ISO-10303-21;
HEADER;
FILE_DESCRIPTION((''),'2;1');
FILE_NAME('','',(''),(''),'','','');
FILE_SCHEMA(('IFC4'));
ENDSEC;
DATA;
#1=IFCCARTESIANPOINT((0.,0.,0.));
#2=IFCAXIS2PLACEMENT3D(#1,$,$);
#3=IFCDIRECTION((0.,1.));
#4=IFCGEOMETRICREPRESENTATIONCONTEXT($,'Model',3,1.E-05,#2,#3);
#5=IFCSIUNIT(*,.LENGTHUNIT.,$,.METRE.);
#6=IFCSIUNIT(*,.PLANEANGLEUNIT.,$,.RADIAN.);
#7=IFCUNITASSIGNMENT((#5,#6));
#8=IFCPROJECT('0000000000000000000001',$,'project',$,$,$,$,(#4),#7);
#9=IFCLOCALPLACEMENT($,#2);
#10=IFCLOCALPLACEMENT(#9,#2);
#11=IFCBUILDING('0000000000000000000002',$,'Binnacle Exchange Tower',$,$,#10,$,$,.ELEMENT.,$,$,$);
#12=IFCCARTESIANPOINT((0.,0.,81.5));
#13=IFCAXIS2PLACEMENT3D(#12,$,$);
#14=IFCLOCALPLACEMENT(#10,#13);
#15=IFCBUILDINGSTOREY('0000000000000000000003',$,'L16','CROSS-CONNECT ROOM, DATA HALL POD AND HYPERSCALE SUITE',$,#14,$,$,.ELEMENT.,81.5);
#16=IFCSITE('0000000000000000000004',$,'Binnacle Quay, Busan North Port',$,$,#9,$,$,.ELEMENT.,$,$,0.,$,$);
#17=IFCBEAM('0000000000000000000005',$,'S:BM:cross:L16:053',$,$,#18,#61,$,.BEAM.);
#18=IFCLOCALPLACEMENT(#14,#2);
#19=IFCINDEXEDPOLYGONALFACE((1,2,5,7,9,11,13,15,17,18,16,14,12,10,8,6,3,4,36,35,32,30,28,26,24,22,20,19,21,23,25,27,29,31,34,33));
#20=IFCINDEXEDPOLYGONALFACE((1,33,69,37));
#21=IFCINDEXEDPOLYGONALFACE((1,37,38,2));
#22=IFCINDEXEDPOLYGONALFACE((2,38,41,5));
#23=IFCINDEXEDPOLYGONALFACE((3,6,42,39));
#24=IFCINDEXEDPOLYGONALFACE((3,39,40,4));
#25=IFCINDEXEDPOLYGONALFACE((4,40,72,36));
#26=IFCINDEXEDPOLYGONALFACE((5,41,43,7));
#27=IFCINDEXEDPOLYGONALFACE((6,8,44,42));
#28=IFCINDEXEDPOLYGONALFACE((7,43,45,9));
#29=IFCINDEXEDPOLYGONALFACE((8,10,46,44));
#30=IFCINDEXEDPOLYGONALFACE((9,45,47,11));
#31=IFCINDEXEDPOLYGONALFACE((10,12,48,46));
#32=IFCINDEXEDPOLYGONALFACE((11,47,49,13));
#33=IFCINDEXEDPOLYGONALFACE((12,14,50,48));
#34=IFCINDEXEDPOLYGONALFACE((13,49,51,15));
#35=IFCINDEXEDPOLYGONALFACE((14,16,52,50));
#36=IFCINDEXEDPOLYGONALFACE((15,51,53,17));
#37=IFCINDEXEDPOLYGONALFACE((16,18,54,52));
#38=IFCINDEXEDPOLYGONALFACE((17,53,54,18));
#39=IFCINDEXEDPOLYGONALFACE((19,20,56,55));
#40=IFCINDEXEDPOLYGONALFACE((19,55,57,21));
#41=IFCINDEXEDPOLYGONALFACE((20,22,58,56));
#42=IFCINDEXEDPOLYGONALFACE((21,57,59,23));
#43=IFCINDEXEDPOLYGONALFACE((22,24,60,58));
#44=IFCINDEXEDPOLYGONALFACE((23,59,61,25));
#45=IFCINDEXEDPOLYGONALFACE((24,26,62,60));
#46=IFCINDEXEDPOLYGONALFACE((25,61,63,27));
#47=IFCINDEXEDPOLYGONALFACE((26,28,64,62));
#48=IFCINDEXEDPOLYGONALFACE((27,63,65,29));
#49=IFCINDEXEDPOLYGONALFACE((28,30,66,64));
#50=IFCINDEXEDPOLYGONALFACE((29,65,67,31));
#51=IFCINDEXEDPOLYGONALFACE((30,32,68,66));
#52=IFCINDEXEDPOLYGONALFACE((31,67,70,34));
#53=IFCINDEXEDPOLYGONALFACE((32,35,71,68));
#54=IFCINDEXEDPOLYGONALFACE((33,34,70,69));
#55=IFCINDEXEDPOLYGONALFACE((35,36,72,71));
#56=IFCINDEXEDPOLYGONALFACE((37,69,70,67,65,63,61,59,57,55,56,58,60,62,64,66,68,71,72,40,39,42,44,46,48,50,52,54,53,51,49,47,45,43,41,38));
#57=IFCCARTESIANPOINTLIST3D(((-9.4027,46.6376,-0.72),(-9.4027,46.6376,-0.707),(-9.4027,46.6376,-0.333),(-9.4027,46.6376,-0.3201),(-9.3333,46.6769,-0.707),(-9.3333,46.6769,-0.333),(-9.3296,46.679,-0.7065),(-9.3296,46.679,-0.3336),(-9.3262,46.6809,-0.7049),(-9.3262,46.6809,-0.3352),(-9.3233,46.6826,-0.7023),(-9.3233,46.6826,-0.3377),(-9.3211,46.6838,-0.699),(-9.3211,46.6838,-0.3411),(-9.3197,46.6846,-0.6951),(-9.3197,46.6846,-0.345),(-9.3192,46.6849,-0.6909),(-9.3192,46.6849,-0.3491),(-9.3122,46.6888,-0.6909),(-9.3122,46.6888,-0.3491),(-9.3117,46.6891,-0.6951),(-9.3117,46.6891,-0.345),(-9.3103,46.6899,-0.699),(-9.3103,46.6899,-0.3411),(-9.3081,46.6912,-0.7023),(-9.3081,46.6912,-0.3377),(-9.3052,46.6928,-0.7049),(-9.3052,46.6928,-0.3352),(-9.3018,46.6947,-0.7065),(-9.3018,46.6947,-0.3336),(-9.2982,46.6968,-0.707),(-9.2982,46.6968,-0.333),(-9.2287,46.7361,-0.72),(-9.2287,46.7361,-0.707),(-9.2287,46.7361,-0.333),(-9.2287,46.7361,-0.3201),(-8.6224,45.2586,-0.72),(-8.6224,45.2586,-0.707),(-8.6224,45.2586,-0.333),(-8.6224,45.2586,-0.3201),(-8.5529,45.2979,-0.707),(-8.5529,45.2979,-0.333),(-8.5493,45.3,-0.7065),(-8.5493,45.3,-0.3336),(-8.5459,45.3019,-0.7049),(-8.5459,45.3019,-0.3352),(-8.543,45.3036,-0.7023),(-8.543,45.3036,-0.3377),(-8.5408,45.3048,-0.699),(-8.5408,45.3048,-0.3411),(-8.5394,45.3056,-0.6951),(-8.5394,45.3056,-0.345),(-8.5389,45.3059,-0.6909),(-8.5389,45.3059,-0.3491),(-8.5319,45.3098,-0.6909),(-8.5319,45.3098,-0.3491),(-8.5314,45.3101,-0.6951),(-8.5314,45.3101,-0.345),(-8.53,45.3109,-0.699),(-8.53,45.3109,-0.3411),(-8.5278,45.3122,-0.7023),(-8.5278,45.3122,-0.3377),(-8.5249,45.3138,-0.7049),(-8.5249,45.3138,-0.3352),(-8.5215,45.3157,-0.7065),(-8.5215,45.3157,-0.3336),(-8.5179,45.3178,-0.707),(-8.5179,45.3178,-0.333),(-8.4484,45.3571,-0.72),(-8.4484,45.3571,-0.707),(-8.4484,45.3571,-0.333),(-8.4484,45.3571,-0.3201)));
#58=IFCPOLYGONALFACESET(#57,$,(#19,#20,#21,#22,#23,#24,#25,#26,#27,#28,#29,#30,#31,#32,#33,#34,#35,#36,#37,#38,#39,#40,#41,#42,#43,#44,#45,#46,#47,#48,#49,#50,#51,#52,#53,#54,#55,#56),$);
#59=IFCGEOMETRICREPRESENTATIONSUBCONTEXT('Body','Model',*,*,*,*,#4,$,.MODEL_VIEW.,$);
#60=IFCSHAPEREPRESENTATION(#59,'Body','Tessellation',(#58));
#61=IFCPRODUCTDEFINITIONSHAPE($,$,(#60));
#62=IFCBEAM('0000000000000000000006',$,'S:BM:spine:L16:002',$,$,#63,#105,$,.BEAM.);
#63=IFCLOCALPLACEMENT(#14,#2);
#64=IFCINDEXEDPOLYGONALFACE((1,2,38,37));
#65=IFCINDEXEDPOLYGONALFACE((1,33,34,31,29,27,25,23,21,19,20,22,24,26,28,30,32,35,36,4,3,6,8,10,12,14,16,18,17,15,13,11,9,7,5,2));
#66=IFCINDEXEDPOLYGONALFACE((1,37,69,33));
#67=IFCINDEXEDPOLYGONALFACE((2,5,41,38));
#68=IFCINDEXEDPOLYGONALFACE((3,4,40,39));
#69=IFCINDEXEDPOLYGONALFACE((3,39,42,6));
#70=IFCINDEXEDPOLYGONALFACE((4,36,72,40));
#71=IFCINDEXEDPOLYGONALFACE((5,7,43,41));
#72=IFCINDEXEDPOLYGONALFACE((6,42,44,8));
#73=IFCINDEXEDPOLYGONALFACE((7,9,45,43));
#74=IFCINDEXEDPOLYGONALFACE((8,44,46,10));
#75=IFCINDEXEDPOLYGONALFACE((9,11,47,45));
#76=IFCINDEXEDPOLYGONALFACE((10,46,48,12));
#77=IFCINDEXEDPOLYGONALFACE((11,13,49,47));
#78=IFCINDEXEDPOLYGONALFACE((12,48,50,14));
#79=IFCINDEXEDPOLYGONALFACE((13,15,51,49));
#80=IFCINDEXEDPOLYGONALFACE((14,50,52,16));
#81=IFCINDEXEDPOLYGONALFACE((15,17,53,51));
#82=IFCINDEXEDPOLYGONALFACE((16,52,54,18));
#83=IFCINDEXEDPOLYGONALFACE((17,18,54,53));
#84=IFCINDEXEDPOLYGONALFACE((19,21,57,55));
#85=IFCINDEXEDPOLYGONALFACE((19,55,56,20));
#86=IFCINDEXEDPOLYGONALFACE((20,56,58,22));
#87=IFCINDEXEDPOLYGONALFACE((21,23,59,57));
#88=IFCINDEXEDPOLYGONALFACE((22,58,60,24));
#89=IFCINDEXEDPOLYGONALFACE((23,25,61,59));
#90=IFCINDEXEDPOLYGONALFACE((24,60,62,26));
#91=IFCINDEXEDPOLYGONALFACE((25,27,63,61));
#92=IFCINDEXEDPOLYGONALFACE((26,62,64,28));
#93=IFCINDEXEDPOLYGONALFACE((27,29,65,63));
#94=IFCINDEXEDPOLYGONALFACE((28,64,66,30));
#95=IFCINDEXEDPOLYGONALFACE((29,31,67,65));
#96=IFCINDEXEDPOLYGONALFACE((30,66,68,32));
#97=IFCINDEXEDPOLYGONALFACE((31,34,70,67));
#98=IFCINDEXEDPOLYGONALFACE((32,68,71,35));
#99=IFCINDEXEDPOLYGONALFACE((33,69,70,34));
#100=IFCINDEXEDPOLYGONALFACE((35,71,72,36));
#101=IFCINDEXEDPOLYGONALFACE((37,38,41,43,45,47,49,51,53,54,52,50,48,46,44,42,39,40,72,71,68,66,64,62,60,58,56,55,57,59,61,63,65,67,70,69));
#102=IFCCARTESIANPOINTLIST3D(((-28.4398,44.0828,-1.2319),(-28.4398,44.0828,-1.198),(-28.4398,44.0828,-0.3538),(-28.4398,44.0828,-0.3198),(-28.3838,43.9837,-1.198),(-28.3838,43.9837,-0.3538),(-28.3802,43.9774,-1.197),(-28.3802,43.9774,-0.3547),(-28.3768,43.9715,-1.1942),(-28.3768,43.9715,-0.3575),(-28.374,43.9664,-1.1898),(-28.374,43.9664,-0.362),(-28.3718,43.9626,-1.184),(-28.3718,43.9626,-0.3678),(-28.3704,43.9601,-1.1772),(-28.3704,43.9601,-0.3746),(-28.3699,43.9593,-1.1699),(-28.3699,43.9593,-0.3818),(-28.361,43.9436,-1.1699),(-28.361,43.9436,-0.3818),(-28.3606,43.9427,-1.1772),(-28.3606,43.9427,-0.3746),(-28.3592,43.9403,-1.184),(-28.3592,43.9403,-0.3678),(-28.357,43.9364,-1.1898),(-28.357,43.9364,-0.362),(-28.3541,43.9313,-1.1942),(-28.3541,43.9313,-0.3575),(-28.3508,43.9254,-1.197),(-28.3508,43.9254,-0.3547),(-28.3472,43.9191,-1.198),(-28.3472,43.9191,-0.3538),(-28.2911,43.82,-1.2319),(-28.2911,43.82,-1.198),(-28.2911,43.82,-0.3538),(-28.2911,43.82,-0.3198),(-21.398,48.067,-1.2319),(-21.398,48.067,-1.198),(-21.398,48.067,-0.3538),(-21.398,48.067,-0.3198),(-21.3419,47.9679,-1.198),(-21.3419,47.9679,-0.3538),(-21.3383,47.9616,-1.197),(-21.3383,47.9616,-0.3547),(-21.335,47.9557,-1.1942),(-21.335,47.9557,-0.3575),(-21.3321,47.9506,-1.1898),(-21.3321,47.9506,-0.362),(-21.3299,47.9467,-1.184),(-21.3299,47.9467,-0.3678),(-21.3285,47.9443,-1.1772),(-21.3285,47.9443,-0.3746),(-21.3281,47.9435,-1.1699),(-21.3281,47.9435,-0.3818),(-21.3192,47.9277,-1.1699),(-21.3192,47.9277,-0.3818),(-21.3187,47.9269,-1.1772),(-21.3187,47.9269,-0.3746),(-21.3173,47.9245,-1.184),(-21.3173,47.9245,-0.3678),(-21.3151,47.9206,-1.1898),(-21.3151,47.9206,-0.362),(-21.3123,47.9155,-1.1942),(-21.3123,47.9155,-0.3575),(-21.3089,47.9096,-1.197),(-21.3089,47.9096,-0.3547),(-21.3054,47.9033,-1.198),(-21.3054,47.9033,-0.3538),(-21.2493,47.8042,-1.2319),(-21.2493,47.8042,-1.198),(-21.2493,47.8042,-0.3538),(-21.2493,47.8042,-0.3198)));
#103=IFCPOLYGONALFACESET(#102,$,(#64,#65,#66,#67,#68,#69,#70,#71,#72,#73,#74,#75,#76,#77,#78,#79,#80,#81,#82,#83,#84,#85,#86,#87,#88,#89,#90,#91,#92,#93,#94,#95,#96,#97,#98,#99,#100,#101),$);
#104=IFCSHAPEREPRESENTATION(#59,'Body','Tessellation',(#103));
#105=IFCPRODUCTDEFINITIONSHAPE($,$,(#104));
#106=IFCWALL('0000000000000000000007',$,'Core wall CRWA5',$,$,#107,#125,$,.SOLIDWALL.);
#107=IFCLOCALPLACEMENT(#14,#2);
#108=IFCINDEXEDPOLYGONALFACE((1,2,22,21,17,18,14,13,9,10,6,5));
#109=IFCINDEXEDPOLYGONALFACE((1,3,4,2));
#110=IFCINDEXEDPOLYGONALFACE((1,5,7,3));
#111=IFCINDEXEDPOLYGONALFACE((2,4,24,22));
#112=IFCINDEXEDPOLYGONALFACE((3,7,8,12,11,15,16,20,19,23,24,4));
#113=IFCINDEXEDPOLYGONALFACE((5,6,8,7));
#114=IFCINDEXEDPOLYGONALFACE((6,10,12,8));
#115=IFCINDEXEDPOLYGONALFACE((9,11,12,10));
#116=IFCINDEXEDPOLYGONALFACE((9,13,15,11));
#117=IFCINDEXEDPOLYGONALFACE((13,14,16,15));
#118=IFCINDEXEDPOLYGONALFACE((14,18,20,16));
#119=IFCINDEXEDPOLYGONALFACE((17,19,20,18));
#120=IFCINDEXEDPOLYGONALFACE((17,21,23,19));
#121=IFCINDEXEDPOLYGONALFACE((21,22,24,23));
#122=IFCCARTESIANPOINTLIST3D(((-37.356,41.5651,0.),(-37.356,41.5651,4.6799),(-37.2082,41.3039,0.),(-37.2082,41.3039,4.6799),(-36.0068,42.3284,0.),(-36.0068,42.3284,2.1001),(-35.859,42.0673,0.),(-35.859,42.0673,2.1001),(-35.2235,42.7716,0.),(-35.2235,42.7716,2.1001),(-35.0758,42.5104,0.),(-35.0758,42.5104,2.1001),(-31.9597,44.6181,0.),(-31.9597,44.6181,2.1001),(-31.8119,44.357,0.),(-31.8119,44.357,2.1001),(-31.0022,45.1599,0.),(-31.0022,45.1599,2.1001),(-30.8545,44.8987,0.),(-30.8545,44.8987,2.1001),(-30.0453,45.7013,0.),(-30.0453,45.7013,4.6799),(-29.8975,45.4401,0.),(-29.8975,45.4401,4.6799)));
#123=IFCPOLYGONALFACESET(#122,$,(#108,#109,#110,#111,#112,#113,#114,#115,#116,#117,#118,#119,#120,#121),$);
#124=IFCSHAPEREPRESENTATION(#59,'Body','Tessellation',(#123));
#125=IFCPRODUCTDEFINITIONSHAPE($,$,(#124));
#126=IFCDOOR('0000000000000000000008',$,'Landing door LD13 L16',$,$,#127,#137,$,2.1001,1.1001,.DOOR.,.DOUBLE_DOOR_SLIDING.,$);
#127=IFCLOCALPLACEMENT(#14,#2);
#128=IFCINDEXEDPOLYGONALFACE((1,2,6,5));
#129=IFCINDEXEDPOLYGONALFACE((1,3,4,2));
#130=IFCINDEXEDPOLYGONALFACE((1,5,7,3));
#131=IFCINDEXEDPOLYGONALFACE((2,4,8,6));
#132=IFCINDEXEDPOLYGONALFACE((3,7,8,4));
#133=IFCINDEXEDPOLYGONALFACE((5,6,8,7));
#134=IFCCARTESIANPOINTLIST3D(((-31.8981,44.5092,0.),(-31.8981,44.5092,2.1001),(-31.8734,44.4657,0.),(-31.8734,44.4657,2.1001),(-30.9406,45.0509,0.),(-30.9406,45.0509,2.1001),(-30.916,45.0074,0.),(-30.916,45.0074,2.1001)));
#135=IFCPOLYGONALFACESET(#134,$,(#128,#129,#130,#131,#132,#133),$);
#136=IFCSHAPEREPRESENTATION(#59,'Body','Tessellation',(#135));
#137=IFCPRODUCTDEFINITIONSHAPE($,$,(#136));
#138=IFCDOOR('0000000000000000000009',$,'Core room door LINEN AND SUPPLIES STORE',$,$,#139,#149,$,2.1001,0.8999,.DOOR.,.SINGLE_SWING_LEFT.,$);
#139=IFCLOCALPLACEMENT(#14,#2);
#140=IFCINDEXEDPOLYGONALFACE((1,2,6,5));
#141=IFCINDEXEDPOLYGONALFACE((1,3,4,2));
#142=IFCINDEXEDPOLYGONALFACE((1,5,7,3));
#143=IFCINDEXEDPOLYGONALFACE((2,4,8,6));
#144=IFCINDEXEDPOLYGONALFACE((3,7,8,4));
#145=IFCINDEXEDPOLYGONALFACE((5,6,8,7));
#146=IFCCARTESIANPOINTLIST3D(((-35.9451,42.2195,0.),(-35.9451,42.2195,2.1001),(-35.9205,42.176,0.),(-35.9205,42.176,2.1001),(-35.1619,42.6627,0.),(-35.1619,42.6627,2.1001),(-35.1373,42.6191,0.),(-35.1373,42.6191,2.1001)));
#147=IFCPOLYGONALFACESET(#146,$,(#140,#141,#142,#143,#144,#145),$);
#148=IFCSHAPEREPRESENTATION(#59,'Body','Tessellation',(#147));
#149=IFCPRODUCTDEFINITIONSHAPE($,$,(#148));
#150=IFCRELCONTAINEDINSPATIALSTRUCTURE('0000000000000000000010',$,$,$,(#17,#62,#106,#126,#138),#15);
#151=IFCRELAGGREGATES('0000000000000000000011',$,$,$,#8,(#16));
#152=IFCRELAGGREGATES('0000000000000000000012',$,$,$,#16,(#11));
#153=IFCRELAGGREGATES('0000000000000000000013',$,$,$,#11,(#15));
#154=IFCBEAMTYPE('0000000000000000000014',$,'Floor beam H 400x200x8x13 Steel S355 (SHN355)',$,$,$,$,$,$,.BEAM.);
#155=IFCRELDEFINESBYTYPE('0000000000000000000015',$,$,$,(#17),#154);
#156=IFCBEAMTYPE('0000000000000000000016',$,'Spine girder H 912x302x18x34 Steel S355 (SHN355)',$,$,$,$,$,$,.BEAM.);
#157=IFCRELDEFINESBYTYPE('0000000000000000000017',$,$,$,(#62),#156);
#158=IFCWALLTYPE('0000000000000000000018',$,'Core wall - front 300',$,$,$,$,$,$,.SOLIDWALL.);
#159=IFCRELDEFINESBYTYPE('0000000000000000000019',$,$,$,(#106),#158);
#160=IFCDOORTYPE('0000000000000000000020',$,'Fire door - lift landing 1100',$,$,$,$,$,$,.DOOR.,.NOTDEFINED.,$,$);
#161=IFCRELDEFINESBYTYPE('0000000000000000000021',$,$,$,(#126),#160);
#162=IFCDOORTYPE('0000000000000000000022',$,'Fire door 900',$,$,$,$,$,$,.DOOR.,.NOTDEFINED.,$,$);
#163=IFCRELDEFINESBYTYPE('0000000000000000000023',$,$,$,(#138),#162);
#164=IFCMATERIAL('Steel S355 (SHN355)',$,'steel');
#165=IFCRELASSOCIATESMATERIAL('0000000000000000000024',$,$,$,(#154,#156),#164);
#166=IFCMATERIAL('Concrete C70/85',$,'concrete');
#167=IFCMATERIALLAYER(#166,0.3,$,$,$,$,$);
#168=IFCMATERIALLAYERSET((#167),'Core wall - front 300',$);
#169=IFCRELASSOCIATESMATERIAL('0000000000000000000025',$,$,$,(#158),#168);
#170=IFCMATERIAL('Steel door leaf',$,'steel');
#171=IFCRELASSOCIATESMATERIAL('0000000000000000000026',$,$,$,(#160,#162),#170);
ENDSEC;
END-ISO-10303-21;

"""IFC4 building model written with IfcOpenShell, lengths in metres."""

from ifc_helpers import new_model, si_unit, direction, frame, frame_2d, origin, origin_2d, place, context, subcontext, project, spatial, rectangle, i_section, extrude, material, layer, layer_set, material_profile, profile_set, type_object, element, fill, save


model = new_model("IFC4")

# Units and contexts
model_context = context("Model", 3, precision=1e-05, world=origin(), true_north=direction((0.0, 1.0)))
body_context = subcontext(model_context, "Body", "Model", "MODEL_VIEW")
ifc_project = project(units=[si_unit("LENGTHUNIT", "METRE"), si_unit("PLANEANGLEUNIT", "RADIAN")], contexts=[model_context])

# Site, building, storey
site_placement = place(None, origin())
site = spatial("IfcSite", under=ifc_project, at=site_placement, Name="Binnacle Quay, Busan North Port", CompositionType="ELEMENT", RefElevation=0.0)
building_placement = place(site_placement, origin())
building = spatial("IfcBuilding", under=site, at=building_placement, Name="Binnacle Exchange Tower", CompositionType="ELEMENT")
storey_placement = place(building_placement, frame((0.0, 0.0, 81.5)))
storey = spatial("IfcBuildingStorey", under=building, at=storey_placement, Name="L16", Description="CROSS-CONNECT ROOM, DATA HALL POD AND HYPERSCALE SUITE", CompositionType="ELEMENT", Elevation=81.5)

# Shared definitions
ifc_material_1 = material(Name="Concrete C70/85", Category="concrete")

# Beams
ifc_material_2 = material(Name="Steel S355 (SHN355)", Category="steel")
ifc_material_profile_1 = material_profile(ifc_material_2, i_section(OverallWidth=0.2, OverallDepth=0.3999, WebThickness=0.0081, FlangeThickness=0.0129, FilletRadius=0.0161, at=origin_2d()), Name="H 400x200x8x13")
ifc_profile_set_1 = profile_set([ifc_material_profile_1], Name="Steel S355 (SHN355)")
beam_type_1 = type_object("IfcBeamType", Name="Floor beam H 400x200x8x13 Steel S355 (SHN355)", PredefinedType="BEAM", material=ifc_profile_set_1)
beam_1_placement = place(storey_placement, frame((-8.5354, 45.3079, -0.52), z_axis=(-0.492484, 0.870322, 0.0), x_axis=(-0.870322, -0.492484, 0.0)))
element("IfcBeam", 1, at=beam_1_placement, inside=storey, type_object=beam_type_1, Name="S:BM:cross:L16:053", PredefinedType="BEAM", context=body_context, shape_type="SweptSolid", body=[
    extrude(i_section(OverallWidth=0.2, OverallDepth=0.3999, WebThickness=0.0081, FlangeThickness=0.0129, FilletRadius=0.0161, at=origin_2d()), origin(), (0.0, 0.0, 1.0), 1.5845),
])
ifc_material_profile_2 = material_profile(ifc_material_2, i_section(OverallWidth=0.302, OverallDepth=0.9121, WebThickness=0.0181, FlangeThickness=0.0339, FilletRadius=0.0281, at=origin_2d()), Name="H 912x302x18x34")
ifc_profile_set_2 = profile_set([ifc_material_profile_2], Name="Steel S355 (SHN355)")
beam_type_2 = type_object("IfcBeamType", Name="Spine girder H 912x302x18x34 Steel S355 (SHN355)", PredefinedType="BEAM", material=ifc_profile_set_2)
beam_2_placement = place(storey_placement, frame((-28.3655, 43.9514, -0.7759), z_axis=(0.87035, 0.492433, 0.0), x_axis=(-0.492433, 0.87035, 0.0)))
element("IfcBeam", 2, at=beam_2_placement, inside=storey, type_object=beam_type_2, Name="S:BM:spine:L16:002", PredefinedType="BEAM", context=body_context, shape_type="SweptSolid", body=[
    extrude(i_section(OverallWidth=0.302, OverallDepth=0.9121, WebThickness=0.0181, FlangeThickness=0.0339, FilletRadius=0.0281, at=origin_2d()), origin(), (0.0, 0.0, 1.0), 8.0908),
])

# Wall, openings, doors
ifc_layer_1 = layer(ifc_material_1, 0.3)
ifc_layer_set_1 = layer_set([ifc_layer_1], Name="Core wall - front 300")
wall_type_1 = type_object("IfcWallType", Name="Core wall - front 300", PredefinedType="SOLIDWALL", material=ifc_layer_set_1)
wall_1_placement = place(storey_placement, frame((-37.282, 41.4346, 0.0), z_axis=(0.0, 0.0, 1.0), x_axis=(0.870357, 0.492422, 0.0)))
wall_1 = element("IfcWall", 3, at=wall_1_placement, inside=storey, type_object=wall_type_1, Name="Core wall CRWA5", PredefinedType="SOLIDWALL", context=body_context, shape_type="SweptSolid", body=[
    extrude(rectangle(XDim=8.3997, YDim=0.3, at=frame_2d((4.1997, 0.0))), origin(), (0.0, 0.0, 1.0), 4.6799),
])
opening_1_placement = place(wall_1_placement, frame((6.2, 0.0, 0.0)))
opening_1 = element("IfcOpeningElement", 4, at=opening_1_placement, cuts=wall_1, PredefinedType="OPENING", context=body_context, shape_type="SweptSolid", body=[
    extrude(rectangle(XDim=1.1001, YDim=2.1001, at=frame_2d((0.55, 1.05))), frame((0.0, 0.1599, 0.0), z_axis=(0.0, -1.0, 0.0), x_axis=(1.0, 0.0, 0.0)), (0.0, 0.0, 1.0), 0.3201),
])
opening_2_placement = place(wall_1_placement, frame((1.55, 0.0, 0.0)))
opening_2 = element("IfcOpeningElement", 5, at=opening_2_placement, cuts=wall_1, PredefinedType="OPENING", context=body_context, shape_type="SweptSolid", body=[
    extrude(rectangle(XDim=0.8999, YDim=2.1001, at=frame_2d((0.45, 1.05))), frame((0.0, 0.1599, 0.0), z_axis=(0.0, -1.0, 0.0), x_axis=(1.0, 0.0, 0.0)), (0.0, 0.0, 1.0), 0.3201),
])
ifc_material_3 = material(Name="Steel door leaf", Category="steel")
door_type_1 = type_object("IfcDoorType", Name="Fire door - lift landing 1100", OperationType="NOTDEFINED", PredefinedType="DOOR", material=ifc_material_3)
door_1_placement = place(opening_1_placement, origin())
door_1 = element("IfcDoor", 6, at=door_1_placement, inside=storey, type_object=door_type_1, Name="Landing door LD13 L16", OperationType="DOUBLE_DOOR_SLIDING", OverallHeight=2.1001, OverallWidth=1.1001, PredefinedType="DOOR", context=body_context, shape_type="SweptSolid", body=[
    extrude(rectangle(XDim=1.1001, YDim=2.1001, at=frame_2d((0.55, 1.05))), frame((0.0, 0.0249, 0.0), z_axis=(0.0, -1.0, 0.0), x_axis=(1.0, 0.0, 0.0)), (0.0, 0.0, 1.0), 0.05),
])
fill(opening_1, door_1)
door_type_2 = type_object("IfcDoorType", Name="Fire door 900", OperationType="NOTDEFINED", PredefinedType="DOOR", material=ifc_material_3)
door_2_placement = place(opening_2_placement, origin())
door_2 = element("IfcDoor", 7, at=door_2_placement, inside=storey, type_object=door_type_2, Name="Core room door LINEN AND SUPPLIES STORE", OperationType="SINGLE_SWING_LEFT", OverallHeight=2.1001, OverallWidth=0.8999, PredefinedType="DOOR", context=body_context, shape_type="SweptSolid", body=[
    extrude(rectangle(XDim=0.8999, YDim=2.1001, at=frame_2d((0.45, 1.05))), frame((0.0, 0.0249, 0.0), z_axis=(0.0, -1.0, 0.0), x_axis=(1.0, 0.0, 0.0)), (0.0, 0.0, 1.0), 0.05),
])
fill(opening_2, door_2)

save(model, "model.ifc")
